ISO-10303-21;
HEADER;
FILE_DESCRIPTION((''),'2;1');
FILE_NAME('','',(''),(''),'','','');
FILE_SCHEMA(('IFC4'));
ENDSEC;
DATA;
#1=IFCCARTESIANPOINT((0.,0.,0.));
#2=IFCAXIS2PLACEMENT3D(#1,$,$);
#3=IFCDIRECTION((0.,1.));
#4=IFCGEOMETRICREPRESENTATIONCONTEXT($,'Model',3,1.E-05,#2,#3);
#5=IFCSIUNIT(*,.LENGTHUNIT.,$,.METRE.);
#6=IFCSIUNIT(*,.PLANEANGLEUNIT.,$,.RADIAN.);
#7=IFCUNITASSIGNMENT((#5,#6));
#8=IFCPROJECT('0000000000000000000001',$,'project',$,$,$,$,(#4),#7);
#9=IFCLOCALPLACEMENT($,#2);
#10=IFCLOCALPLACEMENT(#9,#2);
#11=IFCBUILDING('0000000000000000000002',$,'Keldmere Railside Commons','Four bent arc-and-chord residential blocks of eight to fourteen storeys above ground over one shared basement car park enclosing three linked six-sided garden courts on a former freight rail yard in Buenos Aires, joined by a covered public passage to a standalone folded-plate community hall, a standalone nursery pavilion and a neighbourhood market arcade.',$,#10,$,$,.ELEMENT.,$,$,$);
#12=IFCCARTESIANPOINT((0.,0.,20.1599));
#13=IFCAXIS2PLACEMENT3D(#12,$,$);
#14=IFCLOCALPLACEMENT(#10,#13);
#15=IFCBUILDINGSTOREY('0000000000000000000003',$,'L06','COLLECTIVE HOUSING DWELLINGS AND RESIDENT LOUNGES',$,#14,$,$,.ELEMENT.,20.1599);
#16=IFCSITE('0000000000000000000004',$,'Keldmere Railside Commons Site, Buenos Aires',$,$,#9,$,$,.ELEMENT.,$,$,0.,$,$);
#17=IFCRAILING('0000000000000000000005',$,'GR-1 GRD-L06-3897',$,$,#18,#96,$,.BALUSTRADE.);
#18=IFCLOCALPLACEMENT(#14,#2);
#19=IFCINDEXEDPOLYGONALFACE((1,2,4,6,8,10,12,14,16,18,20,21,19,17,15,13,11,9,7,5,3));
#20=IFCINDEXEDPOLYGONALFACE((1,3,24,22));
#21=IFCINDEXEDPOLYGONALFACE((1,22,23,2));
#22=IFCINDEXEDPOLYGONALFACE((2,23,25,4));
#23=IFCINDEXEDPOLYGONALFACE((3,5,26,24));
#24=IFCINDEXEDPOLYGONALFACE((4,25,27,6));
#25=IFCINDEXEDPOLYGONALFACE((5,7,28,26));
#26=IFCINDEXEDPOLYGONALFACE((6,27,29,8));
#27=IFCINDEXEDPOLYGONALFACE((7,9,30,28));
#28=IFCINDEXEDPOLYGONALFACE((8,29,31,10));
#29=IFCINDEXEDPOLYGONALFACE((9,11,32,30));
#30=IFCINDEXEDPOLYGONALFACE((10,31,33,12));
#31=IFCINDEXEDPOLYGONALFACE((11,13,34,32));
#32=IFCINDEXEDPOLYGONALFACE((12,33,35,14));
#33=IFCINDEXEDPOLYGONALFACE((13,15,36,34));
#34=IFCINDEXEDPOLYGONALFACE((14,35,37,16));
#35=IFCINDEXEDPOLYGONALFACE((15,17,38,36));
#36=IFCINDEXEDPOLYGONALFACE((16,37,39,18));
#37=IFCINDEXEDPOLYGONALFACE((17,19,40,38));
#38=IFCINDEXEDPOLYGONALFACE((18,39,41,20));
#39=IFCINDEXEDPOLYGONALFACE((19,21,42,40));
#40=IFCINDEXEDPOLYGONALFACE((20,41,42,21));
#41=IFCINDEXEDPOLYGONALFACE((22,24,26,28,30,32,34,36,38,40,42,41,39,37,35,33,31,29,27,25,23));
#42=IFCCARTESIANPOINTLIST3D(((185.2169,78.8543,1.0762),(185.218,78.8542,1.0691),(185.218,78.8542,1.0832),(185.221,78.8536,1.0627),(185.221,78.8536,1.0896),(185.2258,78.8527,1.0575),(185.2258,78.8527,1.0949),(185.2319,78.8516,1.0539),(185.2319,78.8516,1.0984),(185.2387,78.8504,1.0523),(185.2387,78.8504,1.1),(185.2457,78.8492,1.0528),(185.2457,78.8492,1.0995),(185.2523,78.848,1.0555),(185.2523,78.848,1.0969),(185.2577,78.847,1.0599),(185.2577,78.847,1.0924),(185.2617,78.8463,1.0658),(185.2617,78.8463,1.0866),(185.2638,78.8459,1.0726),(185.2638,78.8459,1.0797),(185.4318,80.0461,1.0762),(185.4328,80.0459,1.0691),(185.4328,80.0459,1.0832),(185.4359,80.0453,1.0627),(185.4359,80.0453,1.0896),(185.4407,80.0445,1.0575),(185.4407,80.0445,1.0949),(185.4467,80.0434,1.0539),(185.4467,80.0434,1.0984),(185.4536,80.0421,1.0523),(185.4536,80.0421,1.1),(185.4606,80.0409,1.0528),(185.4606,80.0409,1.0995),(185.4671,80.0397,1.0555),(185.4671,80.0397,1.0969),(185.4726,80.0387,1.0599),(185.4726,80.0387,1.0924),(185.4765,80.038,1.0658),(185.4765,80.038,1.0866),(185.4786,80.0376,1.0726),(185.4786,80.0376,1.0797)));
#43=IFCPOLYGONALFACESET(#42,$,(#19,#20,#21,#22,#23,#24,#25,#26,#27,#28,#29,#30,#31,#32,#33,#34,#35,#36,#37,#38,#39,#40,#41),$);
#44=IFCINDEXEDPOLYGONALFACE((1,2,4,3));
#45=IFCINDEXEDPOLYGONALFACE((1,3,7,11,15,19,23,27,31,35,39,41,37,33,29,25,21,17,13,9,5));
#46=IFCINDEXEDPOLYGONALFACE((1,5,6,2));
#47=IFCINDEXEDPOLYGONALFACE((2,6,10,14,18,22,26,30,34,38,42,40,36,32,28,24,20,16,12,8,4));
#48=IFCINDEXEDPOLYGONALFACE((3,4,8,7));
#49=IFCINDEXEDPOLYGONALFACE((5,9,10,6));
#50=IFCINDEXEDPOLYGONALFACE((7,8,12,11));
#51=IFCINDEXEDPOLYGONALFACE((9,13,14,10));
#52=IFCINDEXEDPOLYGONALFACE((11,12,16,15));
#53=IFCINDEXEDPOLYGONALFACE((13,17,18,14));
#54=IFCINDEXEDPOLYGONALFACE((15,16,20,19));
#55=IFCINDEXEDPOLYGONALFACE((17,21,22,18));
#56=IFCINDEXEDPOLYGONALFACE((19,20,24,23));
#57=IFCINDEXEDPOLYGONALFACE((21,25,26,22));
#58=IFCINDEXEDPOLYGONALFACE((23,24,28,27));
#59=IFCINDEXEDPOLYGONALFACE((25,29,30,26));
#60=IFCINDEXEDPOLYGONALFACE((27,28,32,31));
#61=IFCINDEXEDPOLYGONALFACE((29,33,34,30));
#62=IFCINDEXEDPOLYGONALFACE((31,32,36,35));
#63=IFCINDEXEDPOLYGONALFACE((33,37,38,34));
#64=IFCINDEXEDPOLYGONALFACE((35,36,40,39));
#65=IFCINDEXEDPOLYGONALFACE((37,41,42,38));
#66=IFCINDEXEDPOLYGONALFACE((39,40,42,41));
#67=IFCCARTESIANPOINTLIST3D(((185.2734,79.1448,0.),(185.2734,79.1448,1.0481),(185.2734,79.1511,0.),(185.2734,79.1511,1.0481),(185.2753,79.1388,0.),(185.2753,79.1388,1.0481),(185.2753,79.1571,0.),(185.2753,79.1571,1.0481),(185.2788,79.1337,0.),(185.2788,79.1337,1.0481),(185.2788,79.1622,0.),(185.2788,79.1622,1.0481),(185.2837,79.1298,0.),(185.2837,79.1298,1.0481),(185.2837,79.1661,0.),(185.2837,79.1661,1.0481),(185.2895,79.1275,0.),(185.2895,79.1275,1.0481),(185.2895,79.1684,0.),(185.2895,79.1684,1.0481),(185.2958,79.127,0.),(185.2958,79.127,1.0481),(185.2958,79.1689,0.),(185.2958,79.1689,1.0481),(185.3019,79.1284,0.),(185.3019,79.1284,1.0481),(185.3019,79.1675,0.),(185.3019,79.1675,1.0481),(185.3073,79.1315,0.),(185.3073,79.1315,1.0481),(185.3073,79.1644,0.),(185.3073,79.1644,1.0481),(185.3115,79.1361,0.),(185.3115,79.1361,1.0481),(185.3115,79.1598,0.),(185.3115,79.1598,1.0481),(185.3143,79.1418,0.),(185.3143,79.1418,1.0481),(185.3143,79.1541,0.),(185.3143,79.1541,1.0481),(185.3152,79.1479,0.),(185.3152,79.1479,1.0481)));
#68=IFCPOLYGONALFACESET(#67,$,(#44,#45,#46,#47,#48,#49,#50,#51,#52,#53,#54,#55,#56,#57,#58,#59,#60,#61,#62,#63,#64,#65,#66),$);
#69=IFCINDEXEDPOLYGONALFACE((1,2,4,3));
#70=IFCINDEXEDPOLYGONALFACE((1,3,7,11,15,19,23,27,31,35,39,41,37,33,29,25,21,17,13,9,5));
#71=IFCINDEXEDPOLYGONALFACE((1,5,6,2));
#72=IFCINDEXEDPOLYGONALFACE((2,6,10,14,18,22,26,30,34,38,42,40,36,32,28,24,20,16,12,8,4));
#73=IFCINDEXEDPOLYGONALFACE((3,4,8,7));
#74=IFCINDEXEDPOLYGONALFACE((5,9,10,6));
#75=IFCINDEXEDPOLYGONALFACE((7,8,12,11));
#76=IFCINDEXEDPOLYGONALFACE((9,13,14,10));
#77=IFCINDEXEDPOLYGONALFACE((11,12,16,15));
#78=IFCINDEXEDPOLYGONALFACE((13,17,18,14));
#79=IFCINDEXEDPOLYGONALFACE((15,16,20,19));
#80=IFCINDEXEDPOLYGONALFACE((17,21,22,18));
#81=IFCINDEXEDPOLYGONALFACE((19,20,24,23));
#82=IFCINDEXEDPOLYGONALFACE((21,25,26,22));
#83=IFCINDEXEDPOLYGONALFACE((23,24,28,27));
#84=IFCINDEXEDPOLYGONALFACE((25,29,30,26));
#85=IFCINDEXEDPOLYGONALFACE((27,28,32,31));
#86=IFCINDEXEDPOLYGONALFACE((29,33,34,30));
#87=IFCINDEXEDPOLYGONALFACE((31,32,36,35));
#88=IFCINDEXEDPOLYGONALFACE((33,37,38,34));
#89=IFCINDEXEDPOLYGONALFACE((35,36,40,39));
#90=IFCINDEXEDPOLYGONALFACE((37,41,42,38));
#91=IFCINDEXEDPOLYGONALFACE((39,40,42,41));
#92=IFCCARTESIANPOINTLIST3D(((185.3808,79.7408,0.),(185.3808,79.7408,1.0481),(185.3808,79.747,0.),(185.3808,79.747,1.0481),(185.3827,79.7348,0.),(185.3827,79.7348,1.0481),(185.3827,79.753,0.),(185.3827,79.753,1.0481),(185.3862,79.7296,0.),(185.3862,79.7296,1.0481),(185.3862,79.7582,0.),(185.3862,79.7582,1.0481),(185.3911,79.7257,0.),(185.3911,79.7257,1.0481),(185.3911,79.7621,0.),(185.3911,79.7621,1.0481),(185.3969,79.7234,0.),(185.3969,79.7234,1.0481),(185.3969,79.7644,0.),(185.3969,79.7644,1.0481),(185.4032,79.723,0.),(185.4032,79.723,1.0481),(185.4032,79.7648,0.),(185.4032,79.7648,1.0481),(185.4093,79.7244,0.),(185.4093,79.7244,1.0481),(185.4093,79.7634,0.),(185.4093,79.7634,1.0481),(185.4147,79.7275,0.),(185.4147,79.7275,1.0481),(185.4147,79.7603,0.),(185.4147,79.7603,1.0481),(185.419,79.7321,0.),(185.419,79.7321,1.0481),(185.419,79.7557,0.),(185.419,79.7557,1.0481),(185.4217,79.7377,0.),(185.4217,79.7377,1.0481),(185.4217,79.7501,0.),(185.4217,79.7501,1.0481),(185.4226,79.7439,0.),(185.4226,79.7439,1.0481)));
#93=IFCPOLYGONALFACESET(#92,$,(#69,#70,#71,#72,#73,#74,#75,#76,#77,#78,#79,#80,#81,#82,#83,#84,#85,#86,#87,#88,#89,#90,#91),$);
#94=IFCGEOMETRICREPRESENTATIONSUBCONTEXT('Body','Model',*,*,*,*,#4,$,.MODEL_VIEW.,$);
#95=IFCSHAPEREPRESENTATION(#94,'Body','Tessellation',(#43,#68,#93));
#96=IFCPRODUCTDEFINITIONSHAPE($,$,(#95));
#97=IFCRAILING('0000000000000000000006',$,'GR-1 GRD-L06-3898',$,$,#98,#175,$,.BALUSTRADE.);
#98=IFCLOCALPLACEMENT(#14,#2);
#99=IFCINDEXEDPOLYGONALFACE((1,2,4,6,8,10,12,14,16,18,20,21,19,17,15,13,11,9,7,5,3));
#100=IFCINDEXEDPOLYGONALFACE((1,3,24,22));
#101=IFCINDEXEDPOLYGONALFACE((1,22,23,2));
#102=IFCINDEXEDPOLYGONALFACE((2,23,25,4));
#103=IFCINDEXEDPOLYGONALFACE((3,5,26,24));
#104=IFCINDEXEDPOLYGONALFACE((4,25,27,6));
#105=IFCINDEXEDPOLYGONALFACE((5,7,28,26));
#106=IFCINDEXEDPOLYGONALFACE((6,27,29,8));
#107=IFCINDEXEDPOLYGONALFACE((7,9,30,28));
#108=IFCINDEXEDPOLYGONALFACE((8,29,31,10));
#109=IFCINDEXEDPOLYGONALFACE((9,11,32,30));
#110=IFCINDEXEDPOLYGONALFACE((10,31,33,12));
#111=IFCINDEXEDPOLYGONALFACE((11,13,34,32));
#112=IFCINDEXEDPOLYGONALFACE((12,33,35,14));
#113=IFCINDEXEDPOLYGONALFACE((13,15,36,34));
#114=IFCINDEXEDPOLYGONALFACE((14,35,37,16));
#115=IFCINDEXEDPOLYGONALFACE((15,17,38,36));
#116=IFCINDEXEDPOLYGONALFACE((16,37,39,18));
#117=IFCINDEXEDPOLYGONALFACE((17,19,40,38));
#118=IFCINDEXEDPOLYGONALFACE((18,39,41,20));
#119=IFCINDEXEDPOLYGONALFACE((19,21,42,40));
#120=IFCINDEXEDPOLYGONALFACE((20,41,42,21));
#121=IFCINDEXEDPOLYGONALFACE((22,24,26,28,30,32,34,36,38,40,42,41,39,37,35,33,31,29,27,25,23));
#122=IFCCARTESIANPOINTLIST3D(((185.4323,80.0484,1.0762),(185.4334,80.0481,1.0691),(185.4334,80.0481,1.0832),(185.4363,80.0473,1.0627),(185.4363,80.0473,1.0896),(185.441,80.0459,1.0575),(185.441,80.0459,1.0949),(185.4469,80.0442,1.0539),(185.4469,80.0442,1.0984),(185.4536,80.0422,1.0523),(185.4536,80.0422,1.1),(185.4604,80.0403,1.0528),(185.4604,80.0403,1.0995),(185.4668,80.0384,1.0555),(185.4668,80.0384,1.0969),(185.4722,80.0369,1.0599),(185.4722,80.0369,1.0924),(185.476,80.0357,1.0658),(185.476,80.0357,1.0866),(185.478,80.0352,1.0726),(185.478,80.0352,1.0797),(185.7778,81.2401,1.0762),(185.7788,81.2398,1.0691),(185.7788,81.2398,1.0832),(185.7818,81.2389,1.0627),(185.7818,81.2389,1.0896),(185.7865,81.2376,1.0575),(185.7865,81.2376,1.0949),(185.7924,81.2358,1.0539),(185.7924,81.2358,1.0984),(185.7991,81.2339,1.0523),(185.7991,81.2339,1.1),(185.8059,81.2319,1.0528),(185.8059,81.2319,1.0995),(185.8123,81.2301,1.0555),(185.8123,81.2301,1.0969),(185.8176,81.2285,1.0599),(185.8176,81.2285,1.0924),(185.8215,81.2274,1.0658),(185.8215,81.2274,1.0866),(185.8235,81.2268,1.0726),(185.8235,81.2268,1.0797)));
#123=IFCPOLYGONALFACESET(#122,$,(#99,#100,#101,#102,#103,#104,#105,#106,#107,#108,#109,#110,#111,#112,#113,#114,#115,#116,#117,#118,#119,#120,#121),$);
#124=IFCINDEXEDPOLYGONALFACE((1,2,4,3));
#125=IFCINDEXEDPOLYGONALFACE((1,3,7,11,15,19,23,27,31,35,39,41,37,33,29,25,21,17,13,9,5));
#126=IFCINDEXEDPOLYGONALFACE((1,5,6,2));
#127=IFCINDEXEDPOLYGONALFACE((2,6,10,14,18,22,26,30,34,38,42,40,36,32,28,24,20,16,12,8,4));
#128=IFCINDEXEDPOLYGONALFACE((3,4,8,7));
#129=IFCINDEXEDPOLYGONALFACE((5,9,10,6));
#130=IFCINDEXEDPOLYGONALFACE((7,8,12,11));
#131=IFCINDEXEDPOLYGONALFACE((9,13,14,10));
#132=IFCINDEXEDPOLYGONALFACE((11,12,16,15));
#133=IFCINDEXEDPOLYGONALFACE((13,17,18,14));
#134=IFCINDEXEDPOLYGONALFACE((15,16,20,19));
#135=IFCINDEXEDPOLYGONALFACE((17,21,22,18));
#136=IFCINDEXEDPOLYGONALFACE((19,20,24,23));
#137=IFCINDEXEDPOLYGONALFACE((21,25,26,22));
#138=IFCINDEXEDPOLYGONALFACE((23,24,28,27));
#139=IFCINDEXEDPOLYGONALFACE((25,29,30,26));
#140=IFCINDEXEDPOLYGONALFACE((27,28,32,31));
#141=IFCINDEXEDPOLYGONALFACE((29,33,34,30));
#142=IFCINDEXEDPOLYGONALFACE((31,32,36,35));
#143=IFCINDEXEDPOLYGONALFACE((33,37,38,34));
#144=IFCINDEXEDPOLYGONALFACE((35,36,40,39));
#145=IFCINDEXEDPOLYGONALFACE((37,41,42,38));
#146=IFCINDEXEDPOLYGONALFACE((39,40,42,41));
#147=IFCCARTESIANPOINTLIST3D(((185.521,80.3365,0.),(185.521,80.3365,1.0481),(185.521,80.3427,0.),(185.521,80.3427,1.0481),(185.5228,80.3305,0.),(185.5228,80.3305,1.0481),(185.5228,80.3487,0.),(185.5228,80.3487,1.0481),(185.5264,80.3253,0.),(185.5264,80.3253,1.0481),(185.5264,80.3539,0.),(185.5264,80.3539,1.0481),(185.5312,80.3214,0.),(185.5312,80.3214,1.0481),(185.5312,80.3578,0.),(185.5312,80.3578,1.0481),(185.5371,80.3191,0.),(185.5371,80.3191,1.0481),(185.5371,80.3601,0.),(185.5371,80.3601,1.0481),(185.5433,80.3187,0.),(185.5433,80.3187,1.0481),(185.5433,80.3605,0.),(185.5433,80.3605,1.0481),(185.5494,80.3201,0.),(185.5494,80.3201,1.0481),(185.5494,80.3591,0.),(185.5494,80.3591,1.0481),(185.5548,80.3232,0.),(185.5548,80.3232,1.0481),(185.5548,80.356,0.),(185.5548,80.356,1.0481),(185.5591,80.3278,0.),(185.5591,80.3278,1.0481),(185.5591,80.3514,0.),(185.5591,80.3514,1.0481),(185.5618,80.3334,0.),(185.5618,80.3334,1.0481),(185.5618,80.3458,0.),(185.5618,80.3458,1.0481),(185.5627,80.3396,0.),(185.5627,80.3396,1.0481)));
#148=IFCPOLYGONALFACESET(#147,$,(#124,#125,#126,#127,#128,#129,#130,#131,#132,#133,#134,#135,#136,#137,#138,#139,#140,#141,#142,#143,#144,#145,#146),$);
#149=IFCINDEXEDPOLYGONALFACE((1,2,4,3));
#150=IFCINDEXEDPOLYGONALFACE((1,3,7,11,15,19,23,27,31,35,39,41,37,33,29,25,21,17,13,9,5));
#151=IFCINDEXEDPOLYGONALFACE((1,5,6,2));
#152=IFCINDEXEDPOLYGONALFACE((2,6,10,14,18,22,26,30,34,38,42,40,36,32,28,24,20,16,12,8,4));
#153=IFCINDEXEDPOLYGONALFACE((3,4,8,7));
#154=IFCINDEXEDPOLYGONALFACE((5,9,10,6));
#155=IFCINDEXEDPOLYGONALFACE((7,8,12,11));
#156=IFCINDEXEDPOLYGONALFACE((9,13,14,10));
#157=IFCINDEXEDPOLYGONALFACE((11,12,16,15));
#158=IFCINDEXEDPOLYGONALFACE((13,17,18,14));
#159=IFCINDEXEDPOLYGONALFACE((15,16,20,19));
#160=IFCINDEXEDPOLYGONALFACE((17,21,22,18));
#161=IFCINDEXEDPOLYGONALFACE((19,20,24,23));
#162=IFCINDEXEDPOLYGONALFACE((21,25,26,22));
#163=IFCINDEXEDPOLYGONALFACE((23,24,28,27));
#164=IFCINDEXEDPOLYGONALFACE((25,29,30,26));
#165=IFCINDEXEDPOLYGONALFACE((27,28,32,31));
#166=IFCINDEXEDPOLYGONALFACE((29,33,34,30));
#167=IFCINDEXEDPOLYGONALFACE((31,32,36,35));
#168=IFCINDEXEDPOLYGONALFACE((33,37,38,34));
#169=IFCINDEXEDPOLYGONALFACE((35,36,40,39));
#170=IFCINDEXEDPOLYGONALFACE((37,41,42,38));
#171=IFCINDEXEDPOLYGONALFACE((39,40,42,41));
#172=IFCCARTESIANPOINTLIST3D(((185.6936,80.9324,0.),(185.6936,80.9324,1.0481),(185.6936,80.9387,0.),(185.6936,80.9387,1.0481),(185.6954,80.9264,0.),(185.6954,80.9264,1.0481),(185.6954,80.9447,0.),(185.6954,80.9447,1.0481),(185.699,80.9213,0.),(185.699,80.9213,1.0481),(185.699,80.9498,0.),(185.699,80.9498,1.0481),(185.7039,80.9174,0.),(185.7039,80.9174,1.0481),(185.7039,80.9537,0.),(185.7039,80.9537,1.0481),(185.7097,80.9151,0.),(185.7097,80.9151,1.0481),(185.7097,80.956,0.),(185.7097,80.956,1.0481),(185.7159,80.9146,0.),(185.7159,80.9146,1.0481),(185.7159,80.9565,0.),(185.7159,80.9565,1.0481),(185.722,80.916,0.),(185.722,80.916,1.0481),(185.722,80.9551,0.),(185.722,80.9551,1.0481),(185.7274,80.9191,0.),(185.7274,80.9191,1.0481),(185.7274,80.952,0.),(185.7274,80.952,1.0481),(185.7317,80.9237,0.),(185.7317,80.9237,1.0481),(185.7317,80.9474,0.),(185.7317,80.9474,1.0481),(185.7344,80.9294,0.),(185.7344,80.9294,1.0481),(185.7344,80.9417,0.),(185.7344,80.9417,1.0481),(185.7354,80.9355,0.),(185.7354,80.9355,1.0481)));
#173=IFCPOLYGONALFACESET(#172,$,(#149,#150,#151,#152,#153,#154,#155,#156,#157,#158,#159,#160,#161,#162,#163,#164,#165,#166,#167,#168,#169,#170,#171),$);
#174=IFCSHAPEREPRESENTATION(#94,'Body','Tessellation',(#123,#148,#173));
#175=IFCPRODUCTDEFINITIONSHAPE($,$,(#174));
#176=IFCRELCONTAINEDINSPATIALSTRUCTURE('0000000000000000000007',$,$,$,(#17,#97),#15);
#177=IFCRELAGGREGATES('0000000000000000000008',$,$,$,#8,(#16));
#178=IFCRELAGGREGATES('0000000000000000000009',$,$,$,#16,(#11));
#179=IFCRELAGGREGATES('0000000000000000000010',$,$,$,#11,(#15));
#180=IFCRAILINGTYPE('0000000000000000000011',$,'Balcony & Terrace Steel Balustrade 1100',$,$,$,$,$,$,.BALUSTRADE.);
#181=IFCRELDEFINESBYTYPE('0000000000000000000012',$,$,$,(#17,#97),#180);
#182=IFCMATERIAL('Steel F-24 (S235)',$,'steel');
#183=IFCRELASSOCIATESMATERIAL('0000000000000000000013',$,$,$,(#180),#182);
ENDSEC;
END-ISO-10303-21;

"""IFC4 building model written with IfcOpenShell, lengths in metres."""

from ifc_helpers import new_model, si_unit, direction, frame, origin, origin_2d, place, context, subcontext, project, spatial, circle, extrude, material, type_object, element, save


model = new_model("IFC4")

# Units and contexts
model_context = context("Model", 3, precision=1e-05, world=origin(), true_north=direction((0.0, 1.0)))
body_context = subcontext(model_context, "Body", "Model", "MODEL_VIEW")
ifc_project = project(units=[si_unit("LENGTHUNIT", "METRE"), si_unit("PLANEANGLEUNIT", "RADIAN")], contexts=[model_context])

# Site, building, storey
site_placement = place(None, origin())
site = spatial("IfcSite", under=ifc_project, at=site_placement, Name="Keldmere Railside Commons Site, Buenos Aires", CompositionType="ELEMENT", RefElevation=0.0)
building_placement = place(site_placement, origin())
building = spatial("IfcBuilding", under=site, at=building_placement, Name="Keldmere Railside Commons", Description="Four bent arc-and-chord residential blocks of eight to fourteen storeys above ground over one shared basement car park enclosing three linked six-sided garden courts on a former freight rail yard in Buenos Aires, joined by a covered public passage to a standalone folded-plate community hall, a standalone nursery pavilion and a neighbourhood market arcade.", CompositionType="ELEMENT")
storey_placement = place(building_placement, frame((0.0, 0.0, 20.1599)))
storey = spatial("IfcBuildingStorey", under=building, at=storey_placement, Name="L06", Description="COLLECTIVE HOUSING DWELLINGS AND RESIDENT LOUNGES", CompositionType="ELEMENT", Elevation=20.1599)

# Railings
ifc_material_1 = material(Name="Steel F-24 (S235)", Category="steel")
railing_type = type_object("IfcRailingType", Name="Balcony & Terrace Steel Balustrade 1100", PredefinedType="BALUSTRADE", material=ifc_material_1)
railing_1_placement = place(storey_placement, frame((185.2405, 78.8501, 0.0)))
element("IfcRailing", 1, at=railing_1_placement, inside=storey, type_object=railing_type, Name="GR-1 GRD-L06-3897", PredefinedType="BALUSTRADE", context=body_context, shape_type="SweptSolid", body=[
    extrude(circle(Radius=0.0239, at=origin_2d()), frame((0.0, 0.0, 1.0762), z_axis=(0.17743, 0.984133, 0.0), x_axis=(-0.984133, 0.17743, 0.0)), (0.0, 0.0, 1.0), 1.2109),
    extrude(circle(Radius=0.021, at=origin_2d()), frame((0.0537, 0.2979, 0.0)), (0.0, 0.0, 1.0), 1.0481),
    extrude(circle(Radius=0.021, at=origin_2d()), frame((0.1611, 0.8938, 0.0)), (0.0, 0.0, 1.0), 1.0481),
])
railing_2_placement = place(storey_placement, frame((185.4553, 80.0417, 0.0)))
element("IfcRailing", 2, at=railing_2_placement, inside=storey, type_object=railing_type, Name="GR-1 GRD-L06-3898", PredefinedType="BALUSTRADE", context=body_context, shape_type="SweptSolid", body=[
    extrude(circle(Radius=0.0239, at=origin_2d()), frame((0.0, 0.0, 1.0762), z_axis=(0.278436, 0.960455, 0.0), x_axis=(-0.960455, 0.278436, 0.0)), (0.0, 0.0, 1.0), 1.2407),
    extrude(circle(Radius=0.021, at=origin_2d()), frame((0.0864, 0.2979, 0.0)), (0.0, 0.0, 1.0), 1.0481),
    extrude(circle(Radius=0.021, at=origin_2d()), frame((0.259, 0.8938, 0.0)), (0.0, 0.0, 1.0), 1.0481),
])

save(model, "model.ifc")
